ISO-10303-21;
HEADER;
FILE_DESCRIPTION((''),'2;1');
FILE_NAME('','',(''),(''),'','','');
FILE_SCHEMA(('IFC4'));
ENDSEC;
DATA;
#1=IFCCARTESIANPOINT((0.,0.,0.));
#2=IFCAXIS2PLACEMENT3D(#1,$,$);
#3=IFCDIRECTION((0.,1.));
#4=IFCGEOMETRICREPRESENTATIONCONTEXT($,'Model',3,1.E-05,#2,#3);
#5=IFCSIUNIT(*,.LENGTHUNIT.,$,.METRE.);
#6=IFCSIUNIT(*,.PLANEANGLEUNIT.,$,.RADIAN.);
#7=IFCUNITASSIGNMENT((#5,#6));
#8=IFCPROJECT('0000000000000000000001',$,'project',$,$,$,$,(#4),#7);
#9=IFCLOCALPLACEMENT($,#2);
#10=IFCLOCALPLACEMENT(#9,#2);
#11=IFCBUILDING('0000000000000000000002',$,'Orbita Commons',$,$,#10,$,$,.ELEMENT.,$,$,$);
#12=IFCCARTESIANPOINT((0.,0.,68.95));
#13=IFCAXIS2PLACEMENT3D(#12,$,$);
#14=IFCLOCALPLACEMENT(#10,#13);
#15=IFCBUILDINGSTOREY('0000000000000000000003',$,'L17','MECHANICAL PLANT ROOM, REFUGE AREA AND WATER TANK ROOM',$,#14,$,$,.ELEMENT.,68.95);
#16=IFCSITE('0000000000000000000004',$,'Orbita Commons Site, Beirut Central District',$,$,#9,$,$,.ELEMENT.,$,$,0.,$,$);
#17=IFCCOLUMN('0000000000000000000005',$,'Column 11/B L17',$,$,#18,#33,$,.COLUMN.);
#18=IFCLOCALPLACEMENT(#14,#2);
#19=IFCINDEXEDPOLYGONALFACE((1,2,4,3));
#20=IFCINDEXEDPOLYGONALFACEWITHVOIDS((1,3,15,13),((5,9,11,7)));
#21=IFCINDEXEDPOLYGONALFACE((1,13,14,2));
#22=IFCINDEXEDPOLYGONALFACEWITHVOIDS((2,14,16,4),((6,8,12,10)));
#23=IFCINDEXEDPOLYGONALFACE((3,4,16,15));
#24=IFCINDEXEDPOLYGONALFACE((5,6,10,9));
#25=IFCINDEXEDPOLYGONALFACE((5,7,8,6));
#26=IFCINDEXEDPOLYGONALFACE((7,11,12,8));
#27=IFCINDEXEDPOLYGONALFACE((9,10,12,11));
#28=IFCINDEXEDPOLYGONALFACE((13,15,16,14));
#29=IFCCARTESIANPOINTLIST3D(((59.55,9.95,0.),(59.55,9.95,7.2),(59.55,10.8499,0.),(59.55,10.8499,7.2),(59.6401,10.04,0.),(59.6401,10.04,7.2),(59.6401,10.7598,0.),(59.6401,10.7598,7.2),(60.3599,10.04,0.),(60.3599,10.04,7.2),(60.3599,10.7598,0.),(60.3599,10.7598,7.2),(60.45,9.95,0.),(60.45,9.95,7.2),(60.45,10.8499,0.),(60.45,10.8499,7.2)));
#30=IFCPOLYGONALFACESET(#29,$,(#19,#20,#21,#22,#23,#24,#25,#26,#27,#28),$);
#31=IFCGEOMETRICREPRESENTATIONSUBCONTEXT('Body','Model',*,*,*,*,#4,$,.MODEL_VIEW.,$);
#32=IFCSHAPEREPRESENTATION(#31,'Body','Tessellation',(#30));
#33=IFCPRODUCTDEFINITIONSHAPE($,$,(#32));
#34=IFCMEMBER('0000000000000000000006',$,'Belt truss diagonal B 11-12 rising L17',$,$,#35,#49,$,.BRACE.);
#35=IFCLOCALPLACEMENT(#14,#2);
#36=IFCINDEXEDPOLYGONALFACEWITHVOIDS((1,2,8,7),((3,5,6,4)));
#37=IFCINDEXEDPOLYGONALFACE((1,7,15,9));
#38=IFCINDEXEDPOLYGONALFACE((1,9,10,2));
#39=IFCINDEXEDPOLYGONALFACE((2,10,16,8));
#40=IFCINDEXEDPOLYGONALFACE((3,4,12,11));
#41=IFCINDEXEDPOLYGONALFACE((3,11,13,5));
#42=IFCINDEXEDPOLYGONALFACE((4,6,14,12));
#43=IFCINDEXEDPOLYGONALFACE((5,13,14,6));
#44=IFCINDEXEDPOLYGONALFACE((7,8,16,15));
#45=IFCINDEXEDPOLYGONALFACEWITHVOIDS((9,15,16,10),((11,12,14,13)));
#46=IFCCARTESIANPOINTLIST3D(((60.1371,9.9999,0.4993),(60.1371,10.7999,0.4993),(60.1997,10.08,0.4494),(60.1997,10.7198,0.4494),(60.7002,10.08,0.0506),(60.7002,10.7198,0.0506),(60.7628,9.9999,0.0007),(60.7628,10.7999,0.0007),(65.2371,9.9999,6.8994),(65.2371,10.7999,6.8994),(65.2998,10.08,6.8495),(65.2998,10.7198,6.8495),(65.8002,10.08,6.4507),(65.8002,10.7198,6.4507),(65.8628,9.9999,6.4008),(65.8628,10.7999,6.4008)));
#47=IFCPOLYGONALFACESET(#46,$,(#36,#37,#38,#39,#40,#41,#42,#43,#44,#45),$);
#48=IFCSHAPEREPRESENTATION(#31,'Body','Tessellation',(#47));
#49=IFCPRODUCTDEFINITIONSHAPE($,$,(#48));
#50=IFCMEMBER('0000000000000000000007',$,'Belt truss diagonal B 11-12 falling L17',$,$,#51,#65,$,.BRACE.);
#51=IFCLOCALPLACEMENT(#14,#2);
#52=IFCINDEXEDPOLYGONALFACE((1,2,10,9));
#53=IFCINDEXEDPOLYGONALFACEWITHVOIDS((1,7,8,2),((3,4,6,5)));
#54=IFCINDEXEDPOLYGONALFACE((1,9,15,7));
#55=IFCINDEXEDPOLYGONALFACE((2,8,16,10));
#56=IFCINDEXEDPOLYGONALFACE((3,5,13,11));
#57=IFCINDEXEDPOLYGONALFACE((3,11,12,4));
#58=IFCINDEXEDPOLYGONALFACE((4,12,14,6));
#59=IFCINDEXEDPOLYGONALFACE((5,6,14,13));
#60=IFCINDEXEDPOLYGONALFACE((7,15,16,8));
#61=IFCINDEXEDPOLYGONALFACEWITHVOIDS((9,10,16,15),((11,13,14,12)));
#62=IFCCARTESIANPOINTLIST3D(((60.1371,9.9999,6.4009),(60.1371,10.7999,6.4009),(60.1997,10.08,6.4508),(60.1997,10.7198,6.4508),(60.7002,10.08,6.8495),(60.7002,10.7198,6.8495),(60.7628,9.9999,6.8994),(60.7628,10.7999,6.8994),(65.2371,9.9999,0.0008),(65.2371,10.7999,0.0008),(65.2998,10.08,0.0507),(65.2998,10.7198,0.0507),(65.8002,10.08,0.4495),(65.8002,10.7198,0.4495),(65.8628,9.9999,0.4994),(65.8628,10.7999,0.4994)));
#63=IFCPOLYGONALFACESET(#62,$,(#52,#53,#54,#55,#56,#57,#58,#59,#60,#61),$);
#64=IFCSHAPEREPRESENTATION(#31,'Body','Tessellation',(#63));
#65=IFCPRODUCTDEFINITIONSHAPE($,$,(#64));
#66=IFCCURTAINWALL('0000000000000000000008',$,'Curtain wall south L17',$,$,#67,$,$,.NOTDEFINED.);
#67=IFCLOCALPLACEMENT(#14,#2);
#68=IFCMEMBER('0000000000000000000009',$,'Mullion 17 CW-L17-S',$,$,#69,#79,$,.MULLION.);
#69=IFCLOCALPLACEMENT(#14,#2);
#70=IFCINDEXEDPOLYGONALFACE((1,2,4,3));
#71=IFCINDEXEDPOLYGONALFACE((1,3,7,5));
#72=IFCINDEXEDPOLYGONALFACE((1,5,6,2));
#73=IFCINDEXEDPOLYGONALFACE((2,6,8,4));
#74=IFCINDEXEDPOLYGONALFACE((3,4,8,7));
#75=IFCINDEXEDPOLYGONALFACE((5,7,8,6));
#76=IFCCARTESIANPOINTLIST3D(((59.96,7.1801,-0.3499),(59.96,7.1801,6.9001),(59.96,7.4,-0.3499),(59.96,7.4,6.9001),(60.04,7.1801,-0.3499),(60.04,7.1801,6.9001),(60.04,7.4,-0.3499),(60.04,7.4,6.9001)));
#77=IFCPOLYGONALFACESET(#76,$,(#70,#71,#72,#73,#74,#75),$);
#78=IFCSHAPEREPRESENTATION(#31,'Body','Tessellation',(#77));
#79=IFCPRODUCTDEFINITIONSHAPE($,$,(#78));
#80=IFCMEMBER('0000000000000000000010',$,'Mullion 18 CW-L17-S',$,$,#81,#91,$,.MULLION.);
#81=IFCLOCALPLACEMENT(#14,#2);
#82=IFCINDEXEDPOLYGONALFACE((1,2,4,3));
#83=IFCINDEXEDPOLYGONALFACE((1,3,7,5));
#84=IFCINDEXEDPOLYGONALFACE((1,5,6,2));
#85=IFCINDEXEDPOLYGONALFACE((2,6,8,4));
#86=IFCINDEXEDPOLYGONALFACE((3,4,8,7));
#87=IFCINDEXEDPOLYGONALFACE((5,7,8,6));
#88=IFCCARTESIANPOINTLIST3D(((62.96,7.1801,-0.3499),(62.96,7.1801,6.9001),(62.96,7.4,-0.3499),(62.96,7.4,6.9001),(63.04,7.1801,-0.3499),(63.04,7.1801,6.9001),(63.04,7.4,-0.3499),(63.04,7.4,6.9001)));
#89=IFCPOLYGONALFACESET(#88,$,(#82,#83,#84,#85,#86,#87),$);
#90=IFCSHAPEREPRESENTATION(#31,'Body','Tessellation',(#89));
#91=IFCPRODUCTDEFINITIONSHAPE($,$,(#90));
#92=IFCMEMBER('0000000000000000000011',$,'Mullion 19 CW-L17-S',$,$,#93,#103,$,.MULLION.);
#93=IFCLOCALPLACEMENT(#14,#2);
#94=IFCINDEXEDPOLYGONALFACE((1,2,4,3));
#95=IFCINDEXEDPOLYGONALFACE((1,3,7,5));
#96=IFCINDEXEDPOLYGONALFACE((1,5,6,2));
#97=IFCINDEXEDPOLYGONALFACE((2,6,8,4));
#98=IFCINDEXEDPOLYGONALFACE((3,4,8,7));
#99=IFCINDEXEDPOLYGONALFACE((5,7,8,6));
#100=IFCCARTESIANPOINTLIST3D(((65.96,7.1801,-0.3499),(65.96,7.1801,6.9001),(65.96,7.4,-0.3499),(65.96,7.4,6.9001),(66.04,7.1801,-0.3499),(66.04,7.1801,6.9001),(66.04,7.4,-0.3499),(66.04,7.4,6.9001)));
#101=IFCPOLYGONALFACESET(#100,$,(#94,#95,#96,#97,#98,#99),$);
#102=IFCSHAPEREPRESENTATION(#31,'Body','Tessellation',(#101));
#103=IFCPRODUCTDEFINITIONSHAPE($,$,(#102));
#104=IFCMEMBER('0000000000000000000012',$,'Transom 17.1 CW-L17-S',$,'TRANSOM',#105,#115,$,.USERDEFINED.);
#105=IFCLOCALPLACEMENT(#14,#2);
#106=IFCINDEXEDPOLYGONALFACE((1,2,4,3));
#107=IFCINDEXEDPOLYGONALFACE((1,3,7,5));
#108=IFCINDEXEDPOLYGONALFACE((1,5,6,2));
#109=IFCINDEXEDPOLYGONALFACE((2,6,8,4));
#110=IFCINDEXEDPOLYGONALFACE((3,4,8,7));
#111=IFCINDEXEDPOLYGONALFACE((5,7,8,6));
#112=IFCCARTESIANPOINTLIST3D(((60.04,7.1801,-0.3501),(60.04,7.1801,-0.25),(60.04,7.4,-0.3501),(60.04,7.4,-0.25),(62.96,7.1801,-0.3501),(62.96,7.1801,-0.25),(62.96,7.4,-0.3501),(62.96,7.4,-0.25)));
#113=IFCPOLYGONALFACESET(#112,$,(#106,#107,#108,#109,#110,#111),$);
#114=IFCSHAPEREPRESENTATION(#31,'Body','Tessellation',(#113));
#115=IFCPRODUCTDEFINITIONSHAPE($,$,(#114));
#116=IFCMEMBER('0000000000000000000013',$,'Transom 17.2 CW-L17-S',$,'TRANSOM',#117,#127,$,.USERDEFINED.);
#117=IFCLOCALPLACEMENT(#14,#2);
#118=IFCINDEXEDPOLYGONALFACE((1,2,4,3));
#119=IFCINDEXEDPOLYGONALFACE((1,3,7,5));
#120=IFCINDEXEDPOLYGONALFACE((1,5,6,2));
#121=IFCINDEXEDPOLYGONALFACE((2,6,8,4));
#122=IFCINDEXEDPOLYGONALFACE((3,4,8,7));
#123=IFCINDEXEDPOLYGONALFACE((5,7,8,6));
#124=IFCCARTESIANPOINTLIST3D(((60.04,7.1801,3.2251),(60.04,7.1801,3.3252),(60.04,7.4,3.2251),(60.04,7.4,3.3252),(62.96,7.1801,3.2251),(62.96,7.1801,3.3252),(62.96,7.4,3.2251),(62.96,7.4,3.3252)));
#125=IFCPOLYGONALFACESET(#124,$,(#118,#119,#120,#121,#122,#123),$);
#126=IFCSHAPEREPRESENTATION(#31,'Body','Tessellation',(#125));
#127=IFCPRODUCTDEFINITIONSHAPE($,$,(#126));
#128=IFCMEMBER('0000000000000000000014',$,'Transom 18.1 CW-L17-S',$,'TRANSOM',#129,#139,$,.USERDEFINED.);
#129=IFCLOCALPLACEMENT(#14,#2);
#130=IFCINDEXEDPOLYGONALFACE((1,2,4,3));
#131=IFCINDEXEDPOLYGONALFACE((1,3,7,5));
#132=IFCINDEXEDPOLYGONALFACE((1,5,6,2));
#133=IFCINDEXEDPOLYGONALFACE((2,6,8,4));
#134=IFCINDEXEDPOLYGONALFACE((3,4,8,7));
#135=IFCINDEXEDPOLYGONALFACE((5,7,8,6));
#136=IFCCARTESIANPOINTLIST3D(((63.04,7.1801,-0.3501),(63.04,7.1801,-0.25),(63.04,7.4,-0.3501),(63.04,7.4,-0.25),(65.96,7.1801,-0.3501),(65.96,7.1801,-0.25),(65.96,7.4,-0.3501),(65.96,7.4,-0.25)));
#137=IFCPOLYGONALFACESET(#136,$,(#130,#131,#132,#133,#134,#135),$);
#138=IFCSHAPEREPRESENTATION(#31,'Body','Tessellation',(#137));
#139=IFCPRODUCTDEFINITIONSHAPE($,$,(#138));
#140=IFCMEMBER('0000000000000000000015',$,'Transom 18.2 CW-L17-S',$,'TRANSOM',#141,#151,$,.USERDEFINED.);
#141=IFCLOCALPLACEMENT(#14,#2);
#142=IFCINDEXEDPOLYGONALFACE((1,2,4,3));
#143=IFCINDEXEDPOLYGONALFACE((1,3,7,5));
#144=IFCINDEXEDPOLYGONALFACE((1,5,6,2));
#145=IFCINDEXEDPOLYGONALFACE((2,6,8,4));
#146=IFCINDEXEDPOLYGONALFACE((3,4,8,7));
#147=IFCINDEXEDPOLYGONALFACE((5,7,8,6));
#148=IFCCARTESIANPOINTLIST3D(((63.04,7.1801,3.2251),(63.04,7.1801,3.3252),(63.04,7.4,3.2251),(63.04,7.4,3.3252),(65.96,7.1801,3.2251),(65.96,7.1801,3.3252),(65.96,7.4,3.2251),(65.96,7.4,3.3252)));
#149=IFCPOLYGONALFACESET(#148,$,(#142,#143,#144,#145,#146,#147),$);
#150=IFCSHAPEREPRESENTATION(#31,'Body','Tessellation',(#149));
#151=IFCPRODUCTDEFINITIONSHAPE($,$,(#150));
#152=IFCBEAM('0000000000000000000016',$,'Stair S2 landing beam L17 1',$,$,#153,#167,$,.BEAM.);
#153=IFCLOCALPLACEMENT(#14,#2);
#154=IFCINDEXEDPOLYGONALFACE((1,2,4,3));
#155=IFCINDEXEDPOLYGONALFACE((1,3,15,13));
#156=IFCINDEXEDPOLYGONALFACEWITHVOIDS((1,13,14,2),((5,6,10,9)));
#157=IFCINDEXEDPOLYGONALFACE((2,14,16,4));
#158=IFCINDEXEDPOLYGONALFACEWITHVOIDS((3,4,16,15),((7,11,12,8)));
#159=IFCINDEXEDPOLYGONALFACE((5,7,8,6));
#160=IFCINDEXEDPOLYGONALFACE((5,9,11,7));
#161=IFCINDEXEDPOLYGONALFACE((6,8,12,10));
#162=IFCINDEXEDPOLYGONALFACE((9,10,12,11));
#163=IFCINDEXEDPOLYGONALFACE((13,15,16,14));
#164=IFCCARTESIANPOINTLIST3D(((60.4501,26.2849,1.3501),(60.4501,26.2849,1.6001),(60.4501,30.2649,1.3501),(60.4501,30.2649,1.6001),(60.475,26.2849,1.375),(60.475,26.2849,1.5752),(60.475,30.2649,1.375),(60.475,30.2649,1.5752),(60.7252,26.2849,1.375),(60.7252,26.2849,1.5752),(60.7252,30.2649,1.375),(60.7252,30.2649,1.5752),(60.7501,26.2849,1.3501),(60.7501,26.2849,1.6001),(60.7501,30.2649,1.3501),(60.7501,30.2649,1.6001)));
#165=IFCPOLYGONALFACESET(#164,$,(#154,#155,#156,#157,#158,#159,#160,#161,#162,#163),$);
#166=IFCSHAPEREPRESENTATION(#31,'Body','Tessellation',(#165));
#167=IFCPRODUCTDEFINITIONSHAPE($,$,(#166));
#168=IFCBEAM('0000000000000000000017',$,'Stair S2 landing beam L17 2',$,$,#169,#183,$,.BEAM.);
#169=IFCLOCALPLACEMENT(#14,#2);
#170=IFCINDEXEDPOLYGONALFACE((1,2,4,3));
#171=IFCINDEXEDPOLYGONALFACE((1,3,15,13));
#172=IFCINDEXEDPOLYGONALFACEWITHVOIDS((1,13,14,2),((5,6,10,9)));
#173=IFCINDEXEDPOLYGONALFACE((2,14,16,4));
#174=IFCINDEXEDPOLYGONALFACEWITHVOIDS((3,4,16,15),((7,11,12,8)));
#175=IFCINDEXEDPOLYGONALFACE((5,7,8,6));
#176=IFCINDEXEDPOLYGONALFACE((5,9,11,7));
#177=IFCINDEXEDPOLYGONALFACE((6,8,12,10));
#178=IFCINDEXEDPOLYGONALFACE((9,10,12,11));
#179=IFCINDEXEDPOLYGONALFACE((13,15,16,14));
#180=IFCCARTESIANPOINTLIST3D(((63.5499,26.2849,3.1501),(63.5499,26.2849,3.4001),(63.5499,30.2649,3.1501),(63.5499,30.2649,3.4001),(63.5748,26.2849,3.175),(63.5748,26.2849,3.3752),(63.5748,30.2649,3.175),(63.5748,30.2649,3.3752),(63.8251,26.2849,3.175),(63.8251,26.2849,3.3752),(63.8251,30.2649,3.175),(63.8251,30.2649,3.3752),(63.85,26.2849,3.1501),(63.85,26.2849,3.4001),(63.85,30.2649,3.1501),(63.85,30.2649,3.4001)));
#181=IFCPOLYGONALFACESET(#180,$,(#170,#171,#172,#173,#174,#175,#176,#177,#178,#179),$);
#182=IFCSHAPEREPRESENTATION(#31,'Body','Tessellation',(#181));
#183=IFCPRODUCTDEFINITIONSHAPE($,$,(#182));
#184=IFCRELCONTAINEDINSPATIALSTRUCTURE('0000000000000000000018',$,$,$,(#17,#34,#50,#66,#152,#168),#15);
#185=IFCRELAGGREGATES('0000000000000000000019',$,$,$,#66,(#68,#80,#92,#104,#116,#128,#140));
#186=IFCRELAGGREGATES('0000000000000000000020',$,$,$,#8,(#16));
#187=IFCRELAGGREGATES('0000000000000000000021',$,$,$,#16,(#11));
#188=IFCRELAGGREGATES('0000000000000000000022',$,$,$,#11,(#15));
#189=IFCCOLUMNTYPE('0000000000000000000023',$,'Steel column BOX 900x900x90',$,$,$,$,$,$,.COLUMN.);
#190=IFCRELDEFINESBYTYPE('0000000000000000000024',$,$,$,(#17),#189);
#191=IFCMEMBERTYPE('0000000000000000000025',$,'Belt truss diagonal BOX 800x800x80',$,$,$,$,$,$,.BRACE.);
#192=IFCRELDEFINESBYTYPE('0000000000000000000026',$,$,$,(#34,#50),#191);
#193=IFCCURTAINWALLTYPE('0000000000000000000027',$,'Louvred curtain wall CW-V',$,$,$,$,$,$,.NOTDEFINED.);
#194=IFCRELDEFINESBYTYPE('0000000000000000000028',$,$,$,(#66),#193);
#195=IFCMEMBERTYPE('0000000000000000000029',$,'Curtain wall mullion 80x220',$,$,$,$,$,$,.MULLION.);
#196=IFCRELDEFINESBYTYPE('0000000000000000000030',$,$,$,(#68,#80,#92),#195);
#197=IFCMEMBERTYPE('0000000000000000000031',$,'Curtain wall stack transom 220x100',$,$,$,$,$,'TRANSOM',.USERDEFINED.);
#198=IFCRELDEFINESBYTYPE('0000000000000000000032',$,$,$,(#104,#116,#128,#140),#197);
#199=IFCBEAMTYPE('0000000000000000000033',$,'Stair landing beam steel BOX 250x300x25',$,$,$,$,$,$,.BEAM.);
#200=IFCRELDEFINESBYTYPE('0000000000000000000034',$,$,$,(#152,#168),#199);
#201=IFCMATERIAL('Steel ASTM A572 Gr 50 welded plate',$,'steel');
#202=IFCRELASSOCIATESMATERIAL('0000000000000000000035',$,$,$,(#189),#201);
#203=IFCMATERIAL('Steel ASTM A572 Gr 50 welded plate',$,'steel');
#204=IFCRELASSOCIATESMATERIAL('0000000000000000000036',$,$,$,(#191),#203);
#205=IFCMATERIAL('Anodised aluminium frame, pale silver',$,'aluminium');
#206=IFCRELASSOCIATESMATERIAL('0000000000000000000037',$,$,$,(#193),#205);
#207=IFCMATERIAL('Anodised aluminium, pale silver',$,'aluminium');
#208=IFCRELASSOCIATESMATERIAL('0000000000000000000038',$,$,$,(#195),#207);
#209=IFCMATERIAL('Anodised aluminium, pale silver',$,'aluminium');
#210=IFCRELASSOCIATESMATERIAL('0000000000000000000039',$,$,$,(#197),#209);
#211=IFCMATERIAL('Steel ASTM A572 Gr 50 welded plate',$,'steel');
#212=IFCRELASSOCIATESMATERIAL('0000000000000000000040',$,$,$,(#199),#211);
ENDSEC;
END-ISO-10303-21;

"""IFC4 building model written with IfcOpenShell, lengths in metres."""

from ifc_helpers import new_model, si_unit, direction, frame, origin, origin_2d, place, context, subcontext, project, spatial, rectangle, hollow_rectangle, extrude, material, material_profile, profile_set, type_object, element, aggregate, save


model = new_model("IFC4")

# Units and contexts
model_context = context("Model", 3, precision=1e-05, world=origin(), true_north=direction((0.0, 1.0)))
body_context = subcontext(model_context, "Body", "Model", "MODEL_VIEW")
ifc_project = project(units=[si_unit("LENGTHUNIT", "METRE"), si_unit("PLANEANGLEUNIT", "RADIAN")], contexts=[model_context])

# Site, building, storey
site_placement = place(None, origin())
site = spatial("IfcSite", under=ifc_project, at=site_placement, Name="Orbita Commons Site, Beirut Central District", CompositionType="ELEMENT", RefElevation=0.0)
building_placement = place(site_placement, origin())
building = spatial("IfcBuilding", under=site, at=building_placement, Name="Orbita Commons", CompositionType="ELEMENT")
storey_placement = place(building_placement, frame((0.0, 0.0, 68.95)))
storey = spatial("IfcBuildingStorey", under=building, at=storey_placement, Name="L17", Description="MECHANICAL PLANT ROOM, REFUGE AREA AND WATER TANK ROOM", CompositionType="ELEMENT", Elevation=68.95)

# Column
ifc_material_1 = material(Name="Steel ASTM A572 Gr 50 welded plate", Category="steel")
ifc_material_profile_1 = material_profile(ifc_material_1, hollow_rectangle(XDim=0.8999, YDim=0.8999, WallThickness=0.0901, at=origin_2d()), Name="BOX 900x900x90")
ifc_profile_set_1 = profile_set([ifc_material_profile_1], Name="Steel ASTM A572 Gr 50 welded plate")
column_type = type_object("IfcColumnType", Name="Steel column BOX 900x900x90", PredefinedType="COLUMN", material=ifc_profile_set_1)
column_placement = place(storey_placement, frame((60.0, 10.3999, 0.0), z_axis=(0.0, 0.0, 1.0), x_axis=(1.0, 0.0, 0.0)))
element("IfcColumn", 1, at=column_placement, inside=storey, type_object=column_type, Name="Column 11/B L17", PredefinedType="COLUMN", context=body_context, shape_type="SweptSolid", body=[
    extrude(hollow_rectangle(XDim=0.8999, YDim=0.8999, WallThickness=0.0901, at=origin_2d()), origin(), (0.0, 0.0, 1.0), 7.2),
])

# Members
ifc_material_2 = material(Name="Steel ASTM A572 Gr 50 welded plate", Category="steel")
ifc_material_profile_2 = material_profile(ifc_material_2, hollow_rectangle(XDim=0.8, YDim=0.8, WallThickness=0.0801, at=origin_2d()), Name="BOX 800x800x80")
ifc_profile_set_2 = profile_set([ifc_material_profile_2], Name="Steel ASTM A572 Gr 50 welded plate")
member_type_1 = type_object("IfcMemberType", Name="Belt truss diagonal BOX 800x800x80", PredefinedType="BRACE", material=ifc_profile_set_2)
for number, where, z_axis, x_axis, name in (
    (2, (60.45, 10.3999, 0.25), (0.623202, 0.0, 0.782061), (0.0, 1.0, 0.0), "Belt truss diagonal B 11-12 rising L17"),
    (3, (60.45, 10.3999, 6.6501), (0.623202, 0.0, -0.782061), (0.0, 1.0, 0.0), "Belt truss diagonal B 11-12 falling L17"),
):
    element("IfcMember", number, at=place(storey_placement, frame(where, z_axis=z_axis, x_axis=x_axis)), inside=storey, type_object=member_type_1, Name=name, PredefinedType="BRACE", context=body_context, shape_type="SweptSolid", body=[
        extrude(hollow_rectangle(XDim=0.8, YDim=0.8, WallThickness=0.0801, at=origin_2d()), origin(), (0.0, 0.0, 1.0), 8.1836),
    ])

# Curtain wall, members
ifc_material_3 = material(Name="Anodised aluminium frame, pale silver", Category="aluminium")
curtain_wall_type = type_object("IfcCurtainWallType", Name="Louvred curtain wall CW-V", PredefinedType="NOTDEFINED", material=ifc_material_3)
curtain_wall_placement = place(storey_placement, origin())
curtain_wall = element("IfcCurtainWall", 4, at=curtain_wall_placement, inside=storey, type_object=curtain_wall_type, Name="Curtain wall south L17", PredefinedType="NOTDEFINED")
ifc_material_4 = material(Name="Anodised aluminium, pale silver", Category="aluminium")
ifc_material_profile_3 = material_profile(ifc_material_4, rectangle(XDim=0.0801, YDim=0.22, at=origin_2d()), Name="AL 80x220")
ifc_profile_set_3 = profile_set([ifc_material_profile_3], Name="Anodised aluminium, pale silver")
member_type_2 = type_object("IfcMemberType", Name="Curtain wall mullion 80x220", PredefinedType="MULLION", material=ifc_profile_set_3)
member_1_placement = place(storey_placement, frame((60.0, 7.29, -0.3499), z_axis=(0.0, 0.0, 1.0), x_axis=(1.0, 0.0, 0.0)))
member_1 = element("IfcMember", 5, at=member_1_placement, type_object=member_type_2, Name="Mullion 17 CW-L17-S", PredefinedType="MULLION", context=body_context, shape_type="SweptSolid", body=[
    extrude(rectangle(XDim=0.0801, YDim=0.22, at=origin_2d()), origin(), (0.0, 0.0, 1.0), 7.25),
])
member_2_placement = place(storey_placement, frame((63.0, 7.29, -0.3499), z_axis=(0.0, 0.0, 1.0), x_axis=(1.0, 0.0, 0.0)))
member_2 = element("IfcMember", 6, at=member_2_placement, type_object=member_type_2, Name="Mullion 18 CW-L17-S", PredefinedType="MULLION", context=body_context, shape_type="SweptSolid", body=[
    extrude(rectangle(XDim=0.0801, YDim=0.22, at=origin_2d()), origin(), (0.0, 0.0, 1.0), 7.25),
])
member_3_placement = place(storey_placement, frame((66.0, 7.29, -0.3499), z_axis=(0.0, 0.0, 1.0), x_axis=(1.0, 0.0, 0.0)))
member_3 = element("IfcMember", 7, at=member_3_placement, type_object=member_type_2, Name="Mullion 19 CW-L17-S", PredefinedType="MULLION", context=body_context, shape_type="SweptSolid", body=[
    extrude(rectangle(XDim=0.0801, YDim=0.22, at=origin_2d()), origin(), (0.0, 0.0, 1.0), 7.25),
])
ifc_material_5 = material(Name="Anodised aluminium, pale silver", Category="aluminium")
ifc_material_profile_4 = material_profile(ifc_material_5, rectangle(XDim=0.22, YDim=0.1001, at=origin_2d()), Name="AL 220x100")
ifc_profile_set_4 = profile_set([ifc_material_profile_4], Name="Anodised aluminium, pale silver")
member_type_3 = type_object("IfcMemberType", Name="Curtain wall stack transom 220x100", ElementType="TRANSOM", PredefinedType="USERDEFINED", material=ifc_profile_set_4)
member_4_placement = place(storey_placement, frame((60.04, 7.29, -0.3), z_axis=(1.0, 0.0, 0.0), x_axis=(0.0, 1.0, 0.0)))
member_4 = element("IfcMember", 8, at=member_4_placement, type_object=member_type_3, Name="Transom 17.1 CW-L17-S", ObjectType="TRANSOM", PredefinedType="USERDEFINED", context=body_context, shape_type="SweptSolid", body=[
    extrude(rectangle(XDim=0.22, YDim=0.1001, at=origin_2d()), origin(), (0.0, 0.0, 1.0), 2.9199),
])
member_5_placement = place(storey_placement, frame((60.04, 7.29, 3.2751), z_axis=(1.0, 0.0, 0.0), x_axis=(0.0, 1.0, 0.0)))
member_5 = element("IfcMember", 9, at=member_5_placement, type_object=member_type_3, Name="Transom 17.2 CW-L17-S", ObjectType="TRANSOM", PredefinedType="USERDEFINED", context=body_context, shape_type="SweptSolid", body=[
    extrude(rectangle(XDim=0.22, YDim=0.1001, at=origin_2d()), origin(), (0.0, 0.0, 1.0), 2.9199),
])
member_6_placement = place(storey_placement, frame((63.04, 7.29, -0.3), z_axis=(1.0, 0.0, 0.0), x_axis=(0.0, 1.0, 0.0)))
member_6 = element("IfcMember", 10, at=member_6_placement, type_object=member_type_3, Name="Transom 18.1 CW-L17-S", ObjectType="TRANSOM", PredefinedType="USERDEFINED", context=body_context, shape_type="SweptSolid", body=[
    extrude(rectangle(XDim=0.22, YDim=0.1001, at=origin_2d()), origin(), (0.0, 0.0, 1.0), 2.9199),
])
member_7_placement = place(storey_placement, frame((63.04, 7.29, 3.2751), z_axis=(1.0, 0.0, 0.0), x_axis=(0.0, 1.0, 0.0)))
member_7 = element("IfcMember", 11, at=member_7_placement, type_object=member_type_3, Name="Transom 18.2 CW-L17-S", ObjectType="TRANSOM", PredefinedType="USERDEFINED", context=body_context, shape_type="SweptSolid", body=[
    extrude(rectangle(XDim=0.22, YDim=0.1001, at=origin_2d()), origin(), (0.0, 0.0, 1.0), 2.9199),
])

# Beams
ifc_material_6 = material(Name="Steel ASTM A572 Gr 50 welded plate", Category="steel")
ifc_material_profile_5 = material_profile(ifc_material_6, hollow_rectangle(XDim=0.3, YDim=0.25, WallThickness=0.0249, at=origin_2d()), Name="BOX 250x300x25")
ifc_profile_set_5 = profile_set([ifc_material_profile_5], Name="Steel ASTM A572 Gr 50 welded plate")
beam_type_1 = type_object("IfcBeamType", Name="Stair landing beam steel BOX 250x300x25", PredefinedType="BEAM", material=ifc_profile_set_5)
for number, where, z_axis, x_axis, name in (
    (12, (60.6001, 26.2849, 1.4751), (0.0, 1.0, 0.0), (-1.0, 0.0, 0.0), "Stair S2 landing beam L17 1"),
    (13, (63.7, 26.2849, 3.2751), (0.0, 1.0, 0.0), (-1.0, 0.0, 0.0), "Stair S2 landing beam L17 2"),
):
    element("IfcBeam", number, at=place(storey_placement, frame(where, z_axis=z_axis, x_axis=x_axis)), inside=storey, type_object=beam_type_1, Name=name, PredefinedType="BEAM", context=body_context, shape_type="SweptSolid", body=[
        extrude(hollow_rectangle(XDim=0.3, YDim=0.25, WallThickness=0.0249, at=origin_2d()), origin(), (0.0, 0.0, 1.0), 3.98),
    ])

aggregate(curtain_wall, [member_1, member_2, member_3, member_4, member_5, member_6, member_7])

save(model, "model.ifc")
